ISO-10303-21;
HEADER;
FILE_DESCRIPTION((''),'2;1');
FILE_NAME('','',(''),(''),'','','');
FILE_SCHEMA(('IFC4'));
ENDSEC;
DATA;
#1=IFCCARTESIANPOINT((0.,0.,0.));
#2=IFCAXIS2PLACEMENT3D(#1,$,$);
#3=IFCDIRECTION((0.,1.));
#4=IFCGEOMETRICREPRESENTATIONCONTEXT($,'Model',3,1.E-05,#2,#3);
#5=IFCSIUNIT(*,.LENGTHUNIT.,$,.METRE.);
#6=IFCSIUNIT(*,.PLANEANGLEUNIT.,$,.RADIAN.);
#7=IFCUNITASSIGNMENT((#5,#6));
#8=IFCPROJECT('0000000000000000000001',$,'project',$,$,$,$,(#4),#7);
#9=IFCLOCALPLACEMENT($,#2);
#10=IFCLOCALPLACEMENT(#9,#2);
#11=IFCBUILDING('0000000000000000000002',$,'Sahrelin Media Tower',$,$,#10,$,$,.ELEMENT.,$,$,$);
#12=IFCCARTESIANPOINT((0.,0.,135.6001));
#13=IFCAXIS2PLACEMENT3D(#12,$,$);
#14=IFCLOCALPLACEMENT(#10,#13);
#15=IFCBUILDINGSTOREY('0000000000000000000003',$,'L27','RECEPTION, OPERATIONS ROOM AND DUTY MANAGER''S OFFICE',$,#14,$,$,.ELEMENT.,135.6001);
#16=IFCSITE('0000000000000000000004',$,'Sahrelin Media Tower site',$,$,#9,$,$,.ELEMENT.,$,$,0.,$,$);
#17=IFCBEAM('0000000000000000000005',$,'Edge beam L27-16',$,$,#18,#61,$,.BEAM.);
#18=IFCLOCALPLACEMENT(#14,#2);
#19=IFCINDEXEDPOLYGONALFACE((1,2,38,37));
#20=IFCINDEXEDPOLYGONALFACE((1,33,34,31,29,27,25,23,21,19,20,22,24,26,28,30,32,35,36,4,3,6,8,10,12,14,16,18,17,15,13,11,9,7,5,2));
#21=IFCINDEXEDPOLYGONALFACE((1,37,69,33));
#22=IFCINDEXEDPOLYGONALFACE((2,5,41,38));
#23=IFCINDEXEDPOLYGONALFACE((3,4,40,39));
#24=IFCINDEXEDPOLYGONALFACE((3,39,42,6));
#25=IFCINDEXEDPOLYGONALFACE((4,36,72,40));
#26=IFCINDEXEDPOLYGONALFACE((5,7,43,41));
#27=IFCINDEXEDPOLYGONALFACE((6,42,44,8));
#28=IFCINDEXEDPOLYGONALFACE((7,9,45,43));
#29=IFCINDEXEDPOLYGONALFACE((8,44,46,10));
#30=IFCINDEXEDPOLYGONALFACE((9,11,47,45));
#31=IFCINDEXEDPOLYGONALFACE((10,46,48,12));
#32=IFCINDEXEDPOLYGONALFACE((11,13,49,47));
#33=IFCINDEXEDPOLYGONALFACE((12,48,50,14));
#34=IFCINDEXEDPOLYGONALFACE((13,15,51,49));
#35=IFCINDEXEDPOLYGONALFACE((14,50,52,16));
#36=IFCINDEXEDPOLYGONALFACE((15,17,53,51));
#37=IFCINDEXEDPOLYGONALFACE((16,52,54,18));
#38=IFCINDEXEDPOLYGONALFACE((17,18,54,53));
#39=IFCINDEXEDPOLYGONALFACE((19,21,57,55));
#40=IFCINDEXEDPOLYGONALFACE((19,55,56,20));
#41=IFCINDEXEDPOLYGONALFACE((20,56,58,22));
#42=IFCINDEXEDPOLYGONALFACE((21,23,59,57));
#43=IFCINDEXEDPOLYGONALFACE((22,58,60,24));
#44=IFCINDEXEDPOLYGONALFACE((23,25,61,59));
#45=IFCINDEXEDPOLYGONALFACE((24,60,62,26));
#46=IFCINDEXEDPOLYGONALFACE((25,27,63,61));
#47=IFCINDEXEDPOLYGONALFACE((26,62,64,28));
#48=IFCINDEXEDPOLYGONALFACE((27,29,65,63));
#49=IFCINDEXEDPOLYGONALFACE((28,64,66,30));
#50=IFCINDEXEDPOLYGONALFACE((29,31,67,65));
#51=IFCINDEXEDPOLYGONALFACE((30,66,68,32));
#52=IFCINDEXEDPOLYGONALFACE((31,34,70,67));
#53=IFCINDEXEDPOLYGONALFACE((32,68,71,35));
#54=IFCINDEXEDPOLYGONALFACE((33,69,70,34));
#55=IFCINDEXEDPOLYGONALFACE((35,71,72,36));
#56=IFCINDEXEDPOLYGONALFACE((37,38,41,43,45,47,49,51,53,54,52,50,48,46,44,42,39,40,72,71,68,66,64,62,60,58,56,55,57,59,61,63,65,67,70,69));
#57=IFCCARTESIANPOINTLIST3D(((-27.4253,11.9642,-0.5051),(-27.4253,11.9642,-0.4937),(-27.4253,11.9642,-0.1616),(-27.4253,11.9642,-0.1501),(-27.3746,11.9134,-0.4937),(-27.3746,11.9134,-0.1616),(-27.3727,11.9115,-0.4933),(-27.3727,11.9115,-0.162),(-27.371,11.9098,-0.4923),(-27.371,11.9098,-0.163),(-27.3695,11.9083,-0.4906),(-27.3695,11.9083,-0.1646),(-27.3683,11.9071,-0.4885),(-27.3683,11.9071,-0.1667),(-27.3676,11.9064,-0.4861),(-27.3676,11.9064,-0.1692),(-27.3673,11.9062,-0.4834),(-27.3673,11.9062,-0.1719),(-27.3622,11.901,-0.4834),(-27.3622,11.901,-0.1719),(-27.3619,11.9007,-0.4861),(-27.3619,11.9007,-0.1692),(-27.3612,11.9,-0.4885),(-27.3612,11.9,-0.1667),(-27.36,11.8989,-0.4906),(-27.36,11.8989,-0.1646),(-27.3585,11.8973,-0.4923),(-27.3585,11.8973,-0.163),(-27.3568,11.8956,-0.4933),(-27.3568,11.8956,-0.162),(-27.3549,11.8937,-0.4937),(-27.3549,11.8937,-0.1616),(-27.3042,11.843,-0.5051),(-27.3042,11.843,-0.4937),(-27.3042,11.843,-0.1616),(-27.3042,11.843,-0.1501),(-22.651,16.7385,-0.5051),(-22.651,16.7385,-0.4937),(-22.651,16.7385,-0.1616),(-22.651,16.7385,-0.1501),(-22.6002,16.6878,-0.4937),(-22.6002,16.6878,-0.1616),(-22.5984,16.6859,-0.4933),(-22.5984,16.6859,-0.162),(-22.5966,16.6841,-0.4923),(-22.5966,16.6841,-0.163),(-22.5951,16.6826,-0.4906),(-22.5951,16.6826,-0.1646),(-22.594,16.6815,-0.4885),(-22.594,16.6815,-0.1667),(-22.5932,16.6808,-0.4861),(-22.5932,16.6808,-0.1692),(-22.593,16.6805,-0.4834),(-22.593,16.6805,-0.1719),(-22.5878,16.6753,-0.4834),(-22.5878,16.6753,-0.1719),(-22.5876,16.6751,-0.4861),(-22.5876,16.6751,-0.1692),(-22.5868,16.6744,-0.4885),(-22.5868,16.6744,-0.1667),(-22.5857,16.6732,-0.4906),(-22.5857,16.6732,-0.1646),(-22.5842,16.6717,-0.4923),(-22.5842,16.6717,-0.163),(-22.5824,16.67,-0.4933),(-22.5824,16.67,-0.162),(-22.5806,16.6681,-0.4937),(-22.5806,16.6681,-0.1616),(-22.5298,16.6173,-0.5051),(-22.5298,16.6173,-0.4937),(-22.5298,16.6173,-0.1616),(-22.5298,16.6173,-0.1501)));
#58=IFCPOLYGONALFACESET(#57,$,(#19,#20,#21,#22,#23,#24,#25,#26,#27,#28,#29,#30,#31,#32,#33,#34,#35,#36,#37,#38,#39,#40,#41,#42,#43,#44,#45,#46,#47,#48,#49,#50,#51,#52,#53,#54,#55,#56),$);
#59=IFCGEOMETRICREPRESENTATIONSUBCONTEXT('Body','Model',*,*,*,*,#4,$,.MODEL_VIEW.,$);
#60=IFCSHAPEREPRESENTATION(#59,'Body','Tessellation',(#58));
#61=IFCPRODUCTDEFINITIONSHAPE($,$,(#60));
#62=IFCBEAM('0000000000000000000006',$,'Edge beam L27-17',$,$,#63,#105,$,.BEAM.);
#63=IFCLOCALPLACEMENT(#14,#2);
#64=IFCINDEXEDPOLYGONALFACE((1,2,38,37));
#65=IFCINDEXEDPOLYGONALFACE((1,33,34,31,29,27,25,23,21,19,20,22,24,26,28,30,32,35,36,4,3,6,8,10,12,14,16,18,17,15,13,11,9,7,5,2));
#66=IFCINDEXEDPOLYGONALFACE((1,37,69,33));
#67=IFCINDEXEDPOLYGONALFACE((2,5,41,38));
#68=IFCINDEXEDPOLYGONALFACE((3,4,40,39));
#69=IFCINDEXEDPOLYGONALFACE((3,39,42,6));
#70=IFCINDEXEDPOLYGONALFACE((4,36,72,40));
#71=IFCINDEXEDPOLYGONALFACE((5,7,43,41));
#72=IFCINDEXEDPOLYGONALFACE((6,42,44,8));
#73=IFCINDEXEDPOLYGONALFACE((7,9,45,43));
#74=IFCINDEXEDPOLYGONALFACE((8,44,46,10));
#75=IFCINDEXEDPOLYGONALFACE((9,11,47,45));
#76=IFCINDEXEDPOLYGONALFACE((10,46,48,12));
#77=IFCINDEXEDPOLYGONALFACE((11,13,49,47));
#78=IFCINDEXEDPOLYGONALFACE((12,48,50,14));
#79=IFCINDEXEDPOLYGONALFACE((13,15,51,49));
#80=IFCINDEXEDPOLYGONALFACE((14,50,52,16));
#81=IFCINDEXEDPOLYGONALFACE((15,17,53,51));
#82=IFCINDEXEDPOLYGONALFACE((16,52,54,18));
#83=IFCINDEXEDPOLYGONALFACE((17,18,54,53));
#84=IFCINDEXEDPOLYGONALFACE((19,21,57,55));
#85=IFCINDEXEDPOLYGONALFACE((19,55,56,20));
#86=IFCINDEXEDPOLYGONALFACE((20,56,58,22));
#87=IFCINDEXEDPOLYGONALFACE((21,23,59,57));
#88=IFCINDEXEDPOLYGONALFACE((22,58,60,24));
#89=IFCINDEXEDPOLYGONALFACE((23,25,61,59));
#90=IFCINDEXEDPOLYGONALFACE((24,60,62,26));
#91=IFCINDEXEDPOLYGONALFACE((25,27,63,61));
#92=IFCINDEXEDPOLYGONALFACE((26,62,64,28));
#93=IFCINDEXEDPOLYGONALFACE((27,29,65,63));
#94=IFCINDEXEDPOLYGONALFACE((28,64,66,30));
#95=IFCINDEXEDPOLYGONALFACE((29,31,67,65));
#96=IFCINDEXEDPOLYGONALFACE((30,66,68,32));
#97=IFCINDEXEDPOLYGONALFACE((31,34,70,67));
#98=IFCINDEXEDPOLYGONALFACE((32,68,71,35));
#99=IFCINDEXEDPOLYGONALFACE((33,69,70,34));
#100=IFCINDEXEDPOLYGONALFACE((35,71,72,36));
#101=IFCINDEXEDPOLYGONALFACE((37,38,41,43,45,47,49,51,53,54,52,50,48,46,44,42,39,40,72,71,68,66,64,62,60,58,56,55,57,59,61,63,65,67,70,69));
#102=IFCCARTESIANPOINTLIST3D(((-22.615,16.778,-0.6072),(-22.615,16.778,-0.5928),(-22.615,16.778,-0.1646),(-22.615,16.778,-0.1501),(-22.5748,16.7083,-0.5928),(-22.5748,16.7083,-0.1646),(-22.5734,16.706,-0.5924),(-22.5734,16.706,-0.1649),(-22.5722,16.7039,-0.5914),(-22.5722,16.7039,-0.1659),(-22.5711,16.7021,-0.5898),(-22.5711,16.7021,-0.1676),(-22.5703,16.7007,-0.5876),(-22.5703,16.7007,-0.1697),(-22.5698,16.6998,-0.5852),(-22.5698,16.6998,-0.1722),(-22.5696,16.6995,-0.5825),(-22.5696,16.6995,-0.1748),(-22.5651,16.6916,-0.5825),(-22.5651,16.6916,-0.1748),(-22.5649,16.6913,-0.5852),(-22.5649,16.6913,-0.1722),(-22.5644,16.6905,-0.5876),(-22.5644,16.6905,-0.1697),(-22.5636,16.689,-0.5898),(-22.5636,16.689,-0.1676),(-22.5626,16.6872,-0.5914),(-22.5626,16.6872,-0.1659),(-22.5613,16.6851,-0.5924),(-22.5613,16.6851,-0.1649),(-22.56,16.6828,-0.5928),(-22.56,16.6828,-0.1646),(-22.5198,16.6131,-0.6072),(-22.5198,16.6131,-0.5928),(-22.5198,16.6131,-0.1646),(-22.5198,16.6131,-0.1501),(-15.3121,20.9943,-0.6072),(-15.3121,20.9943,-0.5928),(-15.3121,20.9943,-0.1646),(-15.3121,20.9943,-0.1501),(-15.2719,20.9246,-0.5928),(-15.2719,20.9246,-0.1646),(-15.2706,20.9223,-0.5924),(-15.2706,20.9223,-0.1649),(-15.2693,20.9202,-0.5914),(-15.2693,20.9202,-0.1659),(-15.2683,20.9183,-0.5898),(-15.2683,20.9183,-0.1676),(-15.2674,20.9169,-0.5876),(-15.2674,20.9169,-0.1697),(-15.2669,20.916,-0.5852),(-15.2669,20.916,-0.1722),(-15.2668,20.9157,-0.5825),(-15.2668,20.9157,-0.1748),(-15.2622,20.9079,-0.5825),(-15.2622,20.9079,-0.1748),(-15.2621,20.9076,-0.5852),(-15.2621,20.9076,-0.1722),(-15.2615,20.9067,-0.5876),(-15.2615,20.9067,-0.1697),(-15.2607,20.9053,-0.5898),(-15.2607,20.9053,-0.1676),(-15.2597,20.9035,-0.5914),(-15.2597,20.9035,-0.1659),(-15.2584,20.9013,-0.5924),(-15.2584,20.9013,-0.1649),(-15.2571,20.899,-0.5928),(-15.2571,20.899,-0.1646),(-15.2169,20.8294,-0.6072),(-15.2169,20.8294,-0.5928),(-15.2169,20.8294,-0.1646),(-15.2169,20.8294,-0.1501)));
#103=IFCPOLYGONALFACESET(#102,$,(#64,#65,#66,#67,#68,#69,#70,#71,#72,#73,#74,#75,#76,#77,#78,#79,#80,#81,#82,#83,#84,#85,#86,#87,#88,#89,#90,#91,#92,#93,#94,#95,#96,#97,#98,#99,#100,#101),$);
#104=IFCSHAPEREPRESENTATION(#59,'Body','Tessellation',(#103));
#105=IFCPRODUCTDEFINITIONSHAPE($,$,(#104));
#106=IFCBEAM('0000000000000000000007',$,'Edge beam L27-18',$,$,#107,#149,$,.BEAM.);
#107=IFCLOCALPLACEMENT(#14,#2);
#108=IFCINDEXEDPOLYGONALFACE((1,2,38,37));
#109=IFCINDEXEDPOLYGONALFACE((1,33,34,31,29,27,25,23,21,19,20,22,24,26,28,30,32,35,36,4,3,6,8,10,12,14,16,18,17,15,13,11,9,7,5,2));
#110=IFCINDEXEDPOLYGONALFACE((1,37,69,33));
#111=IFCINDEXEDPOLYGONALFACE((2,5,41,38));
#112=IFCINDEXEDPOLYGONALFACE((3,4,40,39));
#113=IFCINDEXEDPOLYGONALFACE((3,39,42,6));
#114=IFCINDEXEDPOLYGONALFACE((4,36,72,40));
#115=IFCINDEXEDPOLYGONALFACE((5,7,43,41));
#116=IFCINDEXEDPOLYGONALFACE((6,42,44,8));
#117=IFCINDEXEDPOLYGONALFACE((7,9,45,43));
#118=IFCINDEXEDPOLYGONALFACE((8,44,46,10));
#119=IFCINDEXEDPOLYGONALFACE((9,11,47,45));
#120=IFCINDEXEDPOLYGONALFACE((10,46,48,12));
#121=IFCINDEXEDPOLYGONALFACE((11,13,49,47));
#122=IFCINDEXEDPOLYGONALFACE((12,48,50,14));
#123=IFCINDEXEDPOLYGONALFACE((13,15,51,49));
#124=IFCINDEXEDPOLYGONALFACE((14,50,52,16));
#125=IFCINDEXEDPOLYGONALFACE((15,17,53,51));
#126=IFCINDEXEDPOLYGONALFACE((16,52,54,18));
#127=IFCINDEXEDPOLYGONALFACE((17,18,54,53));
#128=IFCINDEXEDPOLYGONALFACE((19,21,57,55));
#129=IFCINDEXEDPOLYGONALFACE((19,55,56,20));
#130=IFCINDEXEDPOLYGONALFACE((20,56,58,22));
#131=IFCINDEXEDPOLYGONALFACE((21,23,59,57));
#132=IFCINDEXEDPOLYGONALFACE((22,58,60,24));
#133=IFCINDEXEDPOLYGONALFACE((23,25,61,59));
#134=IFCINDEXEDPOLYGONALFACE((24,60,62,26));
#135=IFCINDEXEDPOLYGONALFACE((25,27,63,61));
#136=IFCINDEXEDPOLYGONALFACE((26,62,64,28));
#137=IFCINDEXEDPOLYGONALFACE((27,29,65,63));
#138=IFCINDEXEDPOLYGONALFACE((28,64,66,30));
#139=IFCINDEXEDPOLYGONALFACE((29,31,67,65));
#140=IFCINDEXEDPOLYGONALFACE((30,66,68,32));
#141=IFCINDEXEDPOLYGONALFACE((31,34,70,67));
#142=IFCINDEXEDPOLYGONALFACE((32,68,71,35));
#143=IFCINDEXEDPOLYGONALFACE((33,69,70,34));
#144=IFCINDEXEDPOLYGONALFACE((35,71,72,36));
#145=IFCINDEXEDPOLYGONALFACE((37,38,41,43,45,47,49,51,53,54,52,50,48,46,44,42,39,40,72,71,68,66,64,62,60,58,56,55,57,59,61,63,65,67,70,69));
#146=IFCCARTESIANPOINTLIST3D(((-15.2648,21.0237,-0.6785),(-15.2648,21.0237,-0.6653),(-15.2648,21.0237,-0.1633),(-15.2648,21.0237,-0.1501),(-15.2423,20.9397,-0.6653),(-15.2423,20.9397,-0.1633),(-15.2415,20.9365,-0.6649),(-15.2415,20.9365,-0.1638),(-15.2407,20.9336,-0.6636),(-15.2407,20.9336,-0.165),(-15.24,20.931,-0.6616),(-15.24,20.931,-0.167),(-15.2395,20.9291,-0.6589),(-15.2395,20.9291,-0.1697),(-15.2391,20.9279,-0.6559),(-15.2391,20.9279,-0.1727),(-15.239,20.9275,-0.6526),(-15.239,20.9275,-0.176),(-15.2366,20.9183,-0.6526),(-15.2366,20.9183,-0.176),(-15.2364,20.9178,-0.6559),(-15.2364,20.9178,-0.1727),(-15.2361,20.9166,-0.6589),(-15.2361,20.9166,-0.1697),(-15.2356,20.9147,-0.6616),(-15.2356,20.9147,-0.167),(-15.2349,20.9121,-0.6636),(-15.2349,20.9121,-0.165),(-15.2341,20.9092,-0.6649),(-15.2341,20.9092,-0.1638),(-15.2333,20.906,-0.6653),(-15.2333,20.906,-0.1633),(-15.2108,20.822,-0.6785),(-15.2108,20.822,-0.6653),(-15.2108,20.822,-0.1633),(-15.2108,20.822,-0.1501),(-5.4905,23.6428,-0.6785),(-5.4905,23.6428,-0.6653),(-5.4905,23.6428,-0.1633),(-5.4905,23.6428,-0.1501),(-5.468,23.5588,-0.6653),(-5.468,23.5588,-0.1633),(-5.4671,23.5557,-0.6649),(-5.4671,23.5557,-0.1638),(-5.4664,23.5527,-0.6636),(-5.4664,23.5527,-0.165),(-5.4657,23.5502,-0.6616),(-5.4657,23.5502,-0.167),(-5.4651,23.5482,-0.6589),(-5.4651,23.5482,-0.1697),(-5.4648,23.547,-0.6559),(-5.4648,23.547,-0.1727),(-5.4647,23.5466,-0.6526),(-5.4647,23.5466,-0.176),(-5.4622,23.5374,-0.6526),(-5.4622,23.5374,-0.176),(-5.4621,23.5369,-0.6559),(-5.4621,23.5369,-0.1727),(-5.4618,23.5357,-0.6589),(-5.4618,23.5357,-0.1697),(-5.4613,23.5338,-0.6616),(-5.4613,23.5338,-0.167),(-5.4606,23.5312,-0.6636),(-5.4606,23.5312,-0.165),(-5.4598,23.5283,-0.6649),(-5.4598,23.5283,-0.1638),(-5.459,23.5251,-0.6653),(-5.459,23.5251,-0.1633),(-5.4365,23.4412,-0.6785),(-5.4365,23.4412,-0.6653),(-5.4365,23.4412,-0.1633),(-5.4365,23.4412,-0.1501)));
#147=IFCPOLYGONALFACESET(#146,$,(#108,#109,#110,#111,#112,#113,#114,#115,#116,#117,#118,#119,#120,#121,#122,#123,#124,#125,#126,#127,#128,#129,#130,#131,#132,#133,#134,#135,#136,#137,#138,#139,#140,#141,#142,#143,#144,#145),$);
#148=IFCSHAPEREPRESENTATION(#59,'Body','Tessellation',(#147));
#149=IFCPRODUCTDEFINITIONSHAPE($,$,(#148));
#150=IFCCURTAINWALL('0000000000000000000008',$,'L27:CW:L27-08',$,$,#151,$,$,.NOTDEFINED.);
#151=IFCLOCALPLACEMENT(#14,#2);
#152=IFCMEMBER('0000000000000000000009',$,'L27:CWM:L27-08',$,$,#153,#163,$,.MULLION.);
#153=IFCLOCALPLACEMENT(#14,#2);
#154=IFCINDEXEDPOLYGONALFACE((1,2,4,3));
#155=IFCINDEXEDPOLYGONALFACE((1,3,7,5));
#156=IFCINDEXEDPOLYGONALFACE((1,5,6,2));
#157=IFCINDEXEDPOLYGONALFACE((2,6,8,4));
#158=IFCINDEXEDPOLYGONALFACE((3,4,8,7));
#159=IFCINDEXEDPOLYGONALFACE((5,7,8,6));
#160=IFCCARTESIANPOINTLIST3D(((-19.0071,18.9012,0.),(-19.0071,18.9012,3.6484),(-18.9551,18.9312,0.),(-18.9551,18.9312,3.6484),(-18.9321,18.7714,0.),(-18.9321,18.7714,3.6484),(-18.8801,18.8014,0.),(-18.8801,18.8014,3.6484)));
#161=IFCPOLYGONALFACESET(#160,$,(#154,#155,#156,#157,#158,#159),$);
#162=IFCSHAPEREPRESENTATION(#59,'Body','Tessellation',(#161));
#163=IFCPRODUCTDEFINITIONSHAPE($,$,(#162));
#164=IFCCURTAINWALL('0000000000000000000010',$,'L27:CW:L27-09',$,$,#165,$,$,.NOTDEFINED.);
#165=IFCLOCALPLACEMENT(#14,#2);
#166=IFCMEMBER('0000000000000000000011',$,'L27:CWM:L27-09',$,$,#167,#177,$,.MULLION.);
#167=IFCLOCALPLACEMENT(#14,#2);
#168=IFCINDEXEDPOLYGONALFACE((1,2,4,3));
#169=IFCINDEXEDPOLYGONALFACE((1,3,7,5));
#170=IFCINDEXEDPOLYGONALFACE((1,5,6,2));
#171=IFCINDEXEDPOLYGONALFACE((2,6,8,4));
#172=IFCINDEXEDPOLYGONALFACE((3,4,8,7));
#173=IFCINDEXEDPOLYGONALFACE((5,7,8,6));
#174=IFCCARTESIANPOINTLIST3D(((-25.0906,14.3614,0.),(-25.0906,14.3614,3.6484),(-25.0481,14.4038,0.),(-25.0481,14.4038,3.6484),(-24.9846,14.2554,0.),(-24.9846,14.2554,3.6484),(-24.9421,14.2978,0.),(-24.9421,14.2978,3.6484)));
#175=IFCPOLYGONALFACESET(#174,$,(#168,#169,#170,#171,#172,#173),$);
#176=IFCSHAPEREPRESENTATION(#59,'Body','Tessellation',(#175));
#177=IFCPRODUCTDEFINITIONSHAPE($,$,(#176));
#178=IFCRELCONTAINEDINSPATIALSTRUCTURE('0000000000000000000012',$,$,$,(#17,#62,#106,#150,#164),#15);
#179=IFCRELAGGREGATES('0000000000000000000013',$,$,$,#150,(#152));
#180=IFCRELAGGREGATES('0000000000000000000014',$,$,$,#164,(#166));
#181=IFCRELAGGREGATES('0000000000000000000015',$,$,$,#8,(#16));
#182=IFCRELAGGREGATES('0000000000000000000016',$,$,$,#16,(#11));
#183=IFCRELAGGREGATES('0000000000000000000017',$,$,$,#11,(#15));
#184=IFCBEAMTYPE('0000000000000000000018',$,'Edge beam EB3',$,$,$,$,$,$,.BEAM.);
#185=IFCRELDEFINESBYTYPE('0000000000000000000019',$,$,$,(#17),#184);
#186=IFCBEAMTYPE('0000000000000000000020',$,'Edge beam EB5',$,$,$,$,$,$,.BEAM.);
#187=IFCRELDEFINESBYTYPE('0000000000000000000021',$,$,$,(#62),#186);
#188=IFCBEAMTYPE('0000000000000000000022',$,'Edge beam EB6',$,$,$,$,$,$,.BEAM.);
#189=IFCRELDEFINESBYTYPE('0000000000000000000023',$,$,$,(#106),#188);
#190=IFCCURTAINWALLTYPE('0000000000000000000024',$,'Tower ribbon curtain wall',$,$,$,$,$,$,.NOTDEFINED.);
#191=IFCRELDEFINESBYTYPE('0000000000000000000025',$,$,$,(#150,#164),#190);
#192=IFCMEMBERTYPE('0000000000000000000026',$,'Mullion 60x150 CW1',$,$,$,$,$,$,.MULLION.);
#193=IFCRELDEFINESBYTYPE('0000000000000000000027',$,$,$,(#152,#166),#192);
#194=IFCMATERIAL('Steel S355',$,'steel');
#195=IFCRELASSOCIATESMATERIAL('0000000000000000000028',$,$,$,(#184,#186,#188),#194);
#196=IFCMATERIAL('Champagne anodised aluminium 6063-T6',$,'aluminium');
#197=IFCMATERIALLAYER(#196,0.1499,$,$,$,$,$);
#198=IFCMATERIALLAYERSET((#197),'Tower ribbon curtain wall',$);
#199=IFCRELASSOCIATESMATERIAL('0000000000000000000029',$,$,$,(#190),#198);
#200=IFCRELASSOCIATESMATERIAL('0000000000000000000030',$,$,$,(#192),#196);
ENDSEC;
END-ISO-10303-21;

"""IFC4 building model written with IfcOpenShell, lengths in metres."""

from ifc_helpers import new_model, si_unit, direction, frame, origin, origin_2d, place, context, subcontext, project, spatial, rectangle, i_section, extrude, material, layer, layer_set, material_profile, profile_set, type_object, element, aggregate, save


model = new_model("IFC4")

# Units and contexts
model_context = context("Model", 3, precision=1e-05, world=origin(), true_north=direction((0.0, 1.0)))
body_context = subcontext(model_context, "Body", "Model", "MODEL_VIEW")
ifc_project = project(units=[si_unit("LENGTHUNIT", "METRE"), si_unit("PLANEANGLEUNIT", "RADIAN")], contexts=[model_context])

# Site, building, storey
site_placement = place(None, origin())
site = spatial("IfcSite", under=ifc_project, at=site_placement, Name="Sahrelin Media Tower site", CompositionType="ELEMENT", RefElevation=0.0)
building_placement = place(site_placement, origin())
building = spatial("IfcBuilding", under=site, at=building_placement, Name="Sahrelin Media Tower", CompositionType="ELEMENT")
storey_placement = place(building_placement, frame((0.0, 0.0, 135.6001)))
storey = spatial("IfcBuildingStorey", under=building, at=storey_placement, Name="L27", Description="RECEPTION, OPERATIONS ROOM AND DUTY MANAGER'S OFFICE", CompositionType="ELEMENT", Elevation=135.6001)

# Beams
ifc_material_1 = material(Name="Steel S355", Category="steel")
ifc_material_profile_1 = material_profile(ifc_material_1, i_section(OverallWidth=0.1714, OverallDepth=0.355, WebThickness=0.0073, FlangeThickness=0.0115, FilletRadius=0.0103, at=origin_2d()), Name="UB 356x171x51")
ifc_profile_set_1 = profile_set([ifc_material_profile_1], Name="Steel S355")
beam_type_1 = type_object("IfcBeamType", Name="Edge beam EB3", PredefinedType="BEAM", material=ifc_profile_set_1)
beam_1_placement = place(storey_placement, frame((-27.3647, 11.9036, -0.3276), z_axis=(0.707107, 0.707107, 0.0), x_axis=(-0.707107, 0.707107, 0.0)))
element("IfcBeam", 1, at=beam_1_placement, inside=storey, type_object=beam_type_1, Name="Edge beam L27-16", PredefinedType="BEAM", context=body_context, shape_type="SweptSolid", body=[
    extrude(i_section(OverallWidth=0.1714, OverallDepth=0.355, WebThickness=0.0073, FlangeThickness=0.0115, FilletRadius=0.0103, at=origin_2d()), origin(), (0.0, 0.0, 1.0), 6.752),
])
ifc_material_profile_2 = material_profile(ifc_material_1, i_section(OverallWidth=0.1904, OverallDepth=0.457, WebThickness=0.009, FlangeThickness=0.0144, FilletRadius=0.0103, at=origin_2d()), Name="UB 457x191x74")
ifc_profile_set_2 = profile_set([ifc_material_profile_2], Name="Steel S355")
beam_type_2 = type_object("IfcBeamType", Name="Edge beam EB5", PredefinedType="BEAM", material=ifc_profile_set_2)
beam_2_placement = place(storey_placement, frame((-22.5674, 16.6956, -0.3787), z_axis=(0.866029, 0.499994, 0.0), x_axis=(-0.499994, 0.866029, 0.0)))
element("IfcBeam", 2, at=beam_2_placement, inside=storey, type_object=beam_type_2, Name="Edge beam L27-17", PredefinedType="BEAM", context=body_context, shape_type="SweptSolid", body=[
    extrude(i_section(OverallWidth=0.1904, OverallDepth=0.457, WebThickness=0.009, FlangeThickness=0.0144, FilletRadius=0.0103, at=origin_2d()), origin(), (0.0, 0.0, 1.0), 8.4326),
])
ifc_material_profile_3 = material_profile(ifc_material_1, i_section(OverallWidth=0.2087, OverallDepth=0.5283, WebThickness=0.0095, FlangeThickness=0.0132, FilletRadius=0.0127, at=origin_2d()), Name="UB 533x210x82")
ifc_profile_set_3 = profile_set([ifc_material_profile_3], Name="Steel S355")
beam_type_3 = type_object("IfcBeamType", Name="Edge beam EB6", PredefinedType="BEAM", material=ifc_profile_set_3)
beam_3_placement = place(storey_placement, frame((-15.2378, 20.9229, -0.4143), z_axis=(0.965923, 0.258828, 0.0), x_axis=(-0.258828, 0.965923, 0.0)))
element("IfcBeam", 3, at=beam_3_placement, inside=storey, type_object=beam_type_3, Name="Edge beam L27-18", PredefinedType="BEAM", context=body_context, shape_type="SweptSolid", body=[
    extrude(i_section(OverallWidth=0.2087, OverallDepth=0.5283, WebThickness=0.0095, FlangeThickness=0.0132, FilletRadius=0.0127, at=origin_2d()), origin(), (0.0, 0.0, 1.0), 10.1191),
])

# Curtain walls, members
ifc_material_2 = material(Name="Champagne anodised aluminium 6063-T6", Category="aluminium")
ifc_layer_1 = layer(ifc_material_2, 0.1499)
ifc_layer_set_1 = layer_set([ifc_layer_1], Name="Tower ribbon curtain wall")
curtain_wall_type = type_object("IfcCurtainWallType", Name="Tower ribbon curtain wall", PredefinedType="NOTDEFINED", material=ifc_layer_set_1)
curtain_wall_1_placement = place(storey_placement, frame((-18.991, 18.9336, 0.0), z_axis=(0.0, 0.0, 1.0), x_axis=(1.0, 0.0, 0.0)))
curtain_wall_1 = element("IfcCurtainWall", 4, at=curtain_wall_1_placement, inside=storey, type_object=curtain_wall_type, Name="L27:CW:L27-08", PredefinedType="NOTDEFINED")
ifc_material_profile_4 = material_profile(ifc_material_2, rectangle(XDim=0.0601, YDim=0.1499, at=origin_2d()), Name="Mullion 60x150")
ifc_profile_set_4 = profile_set([ifc_material_profile_4], Name="Champagne anodised aluminium 6063-T6")
member_type_1 = type_object("IfcMemberType", Name="Mullion 60x150 CW1", PredefinedType="MULLION", material=ifc_profile_set_4)
member_1_placement = place(storey_placement, frame((-18.9436, 18.8513, 0.0), z_axis=(0.0, 0.0, 1.0), x_axis=(-0.866027, -0.499997, 0.0)))
member_1 = element("IfcMember", 5, at=member_1_placement, type_object=member_type_1, Name="L27:CWM:L27-08", PredefinedType="MULLION", context=body_context, shape_type="SweptSolid", body=[
    extrude(rectangle(XDim=0.0601, YDim=0.1499, at=origin_2d()), origin(), (0.0, 0.0, 1.0), 3.6484),
])
curtain_wall_2_placement = place(storey_placement, frame((-25.0835, 14.3967, 0.0), z_axis=(0.0, 0.0, 1.0), x_axis=(1.0, 0.0, 0.0)))
curtain_wall_2 = element("IfcCurtainWall", 6, at=curtain_wall_2_placement, inside=storey, type_object=curtain_wall_type, Name="L27:CW:L27-09", PredefinedType="NOTDEFINED")
member_2_placement = place(storey_placement, frame((-25.0164, 14.3296, 0.0), z_axis=(0.0, 0.0, 1.0), x_axis=(-0.707107, -0.707107, 0.0)))
member_2 = element("IfcMember", 7, at=member_2_placement, type_object=member_type_1, Name="L27:CWM:L27-09", PredefinedType="MULLION", context=body_context, shape_type="SweptSolid", body=[
    extrude(rectangle(XDim=0.0601, YDim=0.1499, at=origin_2d()), origin(), (0.0, 0.0, 1.0), 3.6484),
])

aggregate(curtain_wall_1, [member_1])
aggregate(curtain_wall_2, [member_2])

save(model, "model.ifc")
